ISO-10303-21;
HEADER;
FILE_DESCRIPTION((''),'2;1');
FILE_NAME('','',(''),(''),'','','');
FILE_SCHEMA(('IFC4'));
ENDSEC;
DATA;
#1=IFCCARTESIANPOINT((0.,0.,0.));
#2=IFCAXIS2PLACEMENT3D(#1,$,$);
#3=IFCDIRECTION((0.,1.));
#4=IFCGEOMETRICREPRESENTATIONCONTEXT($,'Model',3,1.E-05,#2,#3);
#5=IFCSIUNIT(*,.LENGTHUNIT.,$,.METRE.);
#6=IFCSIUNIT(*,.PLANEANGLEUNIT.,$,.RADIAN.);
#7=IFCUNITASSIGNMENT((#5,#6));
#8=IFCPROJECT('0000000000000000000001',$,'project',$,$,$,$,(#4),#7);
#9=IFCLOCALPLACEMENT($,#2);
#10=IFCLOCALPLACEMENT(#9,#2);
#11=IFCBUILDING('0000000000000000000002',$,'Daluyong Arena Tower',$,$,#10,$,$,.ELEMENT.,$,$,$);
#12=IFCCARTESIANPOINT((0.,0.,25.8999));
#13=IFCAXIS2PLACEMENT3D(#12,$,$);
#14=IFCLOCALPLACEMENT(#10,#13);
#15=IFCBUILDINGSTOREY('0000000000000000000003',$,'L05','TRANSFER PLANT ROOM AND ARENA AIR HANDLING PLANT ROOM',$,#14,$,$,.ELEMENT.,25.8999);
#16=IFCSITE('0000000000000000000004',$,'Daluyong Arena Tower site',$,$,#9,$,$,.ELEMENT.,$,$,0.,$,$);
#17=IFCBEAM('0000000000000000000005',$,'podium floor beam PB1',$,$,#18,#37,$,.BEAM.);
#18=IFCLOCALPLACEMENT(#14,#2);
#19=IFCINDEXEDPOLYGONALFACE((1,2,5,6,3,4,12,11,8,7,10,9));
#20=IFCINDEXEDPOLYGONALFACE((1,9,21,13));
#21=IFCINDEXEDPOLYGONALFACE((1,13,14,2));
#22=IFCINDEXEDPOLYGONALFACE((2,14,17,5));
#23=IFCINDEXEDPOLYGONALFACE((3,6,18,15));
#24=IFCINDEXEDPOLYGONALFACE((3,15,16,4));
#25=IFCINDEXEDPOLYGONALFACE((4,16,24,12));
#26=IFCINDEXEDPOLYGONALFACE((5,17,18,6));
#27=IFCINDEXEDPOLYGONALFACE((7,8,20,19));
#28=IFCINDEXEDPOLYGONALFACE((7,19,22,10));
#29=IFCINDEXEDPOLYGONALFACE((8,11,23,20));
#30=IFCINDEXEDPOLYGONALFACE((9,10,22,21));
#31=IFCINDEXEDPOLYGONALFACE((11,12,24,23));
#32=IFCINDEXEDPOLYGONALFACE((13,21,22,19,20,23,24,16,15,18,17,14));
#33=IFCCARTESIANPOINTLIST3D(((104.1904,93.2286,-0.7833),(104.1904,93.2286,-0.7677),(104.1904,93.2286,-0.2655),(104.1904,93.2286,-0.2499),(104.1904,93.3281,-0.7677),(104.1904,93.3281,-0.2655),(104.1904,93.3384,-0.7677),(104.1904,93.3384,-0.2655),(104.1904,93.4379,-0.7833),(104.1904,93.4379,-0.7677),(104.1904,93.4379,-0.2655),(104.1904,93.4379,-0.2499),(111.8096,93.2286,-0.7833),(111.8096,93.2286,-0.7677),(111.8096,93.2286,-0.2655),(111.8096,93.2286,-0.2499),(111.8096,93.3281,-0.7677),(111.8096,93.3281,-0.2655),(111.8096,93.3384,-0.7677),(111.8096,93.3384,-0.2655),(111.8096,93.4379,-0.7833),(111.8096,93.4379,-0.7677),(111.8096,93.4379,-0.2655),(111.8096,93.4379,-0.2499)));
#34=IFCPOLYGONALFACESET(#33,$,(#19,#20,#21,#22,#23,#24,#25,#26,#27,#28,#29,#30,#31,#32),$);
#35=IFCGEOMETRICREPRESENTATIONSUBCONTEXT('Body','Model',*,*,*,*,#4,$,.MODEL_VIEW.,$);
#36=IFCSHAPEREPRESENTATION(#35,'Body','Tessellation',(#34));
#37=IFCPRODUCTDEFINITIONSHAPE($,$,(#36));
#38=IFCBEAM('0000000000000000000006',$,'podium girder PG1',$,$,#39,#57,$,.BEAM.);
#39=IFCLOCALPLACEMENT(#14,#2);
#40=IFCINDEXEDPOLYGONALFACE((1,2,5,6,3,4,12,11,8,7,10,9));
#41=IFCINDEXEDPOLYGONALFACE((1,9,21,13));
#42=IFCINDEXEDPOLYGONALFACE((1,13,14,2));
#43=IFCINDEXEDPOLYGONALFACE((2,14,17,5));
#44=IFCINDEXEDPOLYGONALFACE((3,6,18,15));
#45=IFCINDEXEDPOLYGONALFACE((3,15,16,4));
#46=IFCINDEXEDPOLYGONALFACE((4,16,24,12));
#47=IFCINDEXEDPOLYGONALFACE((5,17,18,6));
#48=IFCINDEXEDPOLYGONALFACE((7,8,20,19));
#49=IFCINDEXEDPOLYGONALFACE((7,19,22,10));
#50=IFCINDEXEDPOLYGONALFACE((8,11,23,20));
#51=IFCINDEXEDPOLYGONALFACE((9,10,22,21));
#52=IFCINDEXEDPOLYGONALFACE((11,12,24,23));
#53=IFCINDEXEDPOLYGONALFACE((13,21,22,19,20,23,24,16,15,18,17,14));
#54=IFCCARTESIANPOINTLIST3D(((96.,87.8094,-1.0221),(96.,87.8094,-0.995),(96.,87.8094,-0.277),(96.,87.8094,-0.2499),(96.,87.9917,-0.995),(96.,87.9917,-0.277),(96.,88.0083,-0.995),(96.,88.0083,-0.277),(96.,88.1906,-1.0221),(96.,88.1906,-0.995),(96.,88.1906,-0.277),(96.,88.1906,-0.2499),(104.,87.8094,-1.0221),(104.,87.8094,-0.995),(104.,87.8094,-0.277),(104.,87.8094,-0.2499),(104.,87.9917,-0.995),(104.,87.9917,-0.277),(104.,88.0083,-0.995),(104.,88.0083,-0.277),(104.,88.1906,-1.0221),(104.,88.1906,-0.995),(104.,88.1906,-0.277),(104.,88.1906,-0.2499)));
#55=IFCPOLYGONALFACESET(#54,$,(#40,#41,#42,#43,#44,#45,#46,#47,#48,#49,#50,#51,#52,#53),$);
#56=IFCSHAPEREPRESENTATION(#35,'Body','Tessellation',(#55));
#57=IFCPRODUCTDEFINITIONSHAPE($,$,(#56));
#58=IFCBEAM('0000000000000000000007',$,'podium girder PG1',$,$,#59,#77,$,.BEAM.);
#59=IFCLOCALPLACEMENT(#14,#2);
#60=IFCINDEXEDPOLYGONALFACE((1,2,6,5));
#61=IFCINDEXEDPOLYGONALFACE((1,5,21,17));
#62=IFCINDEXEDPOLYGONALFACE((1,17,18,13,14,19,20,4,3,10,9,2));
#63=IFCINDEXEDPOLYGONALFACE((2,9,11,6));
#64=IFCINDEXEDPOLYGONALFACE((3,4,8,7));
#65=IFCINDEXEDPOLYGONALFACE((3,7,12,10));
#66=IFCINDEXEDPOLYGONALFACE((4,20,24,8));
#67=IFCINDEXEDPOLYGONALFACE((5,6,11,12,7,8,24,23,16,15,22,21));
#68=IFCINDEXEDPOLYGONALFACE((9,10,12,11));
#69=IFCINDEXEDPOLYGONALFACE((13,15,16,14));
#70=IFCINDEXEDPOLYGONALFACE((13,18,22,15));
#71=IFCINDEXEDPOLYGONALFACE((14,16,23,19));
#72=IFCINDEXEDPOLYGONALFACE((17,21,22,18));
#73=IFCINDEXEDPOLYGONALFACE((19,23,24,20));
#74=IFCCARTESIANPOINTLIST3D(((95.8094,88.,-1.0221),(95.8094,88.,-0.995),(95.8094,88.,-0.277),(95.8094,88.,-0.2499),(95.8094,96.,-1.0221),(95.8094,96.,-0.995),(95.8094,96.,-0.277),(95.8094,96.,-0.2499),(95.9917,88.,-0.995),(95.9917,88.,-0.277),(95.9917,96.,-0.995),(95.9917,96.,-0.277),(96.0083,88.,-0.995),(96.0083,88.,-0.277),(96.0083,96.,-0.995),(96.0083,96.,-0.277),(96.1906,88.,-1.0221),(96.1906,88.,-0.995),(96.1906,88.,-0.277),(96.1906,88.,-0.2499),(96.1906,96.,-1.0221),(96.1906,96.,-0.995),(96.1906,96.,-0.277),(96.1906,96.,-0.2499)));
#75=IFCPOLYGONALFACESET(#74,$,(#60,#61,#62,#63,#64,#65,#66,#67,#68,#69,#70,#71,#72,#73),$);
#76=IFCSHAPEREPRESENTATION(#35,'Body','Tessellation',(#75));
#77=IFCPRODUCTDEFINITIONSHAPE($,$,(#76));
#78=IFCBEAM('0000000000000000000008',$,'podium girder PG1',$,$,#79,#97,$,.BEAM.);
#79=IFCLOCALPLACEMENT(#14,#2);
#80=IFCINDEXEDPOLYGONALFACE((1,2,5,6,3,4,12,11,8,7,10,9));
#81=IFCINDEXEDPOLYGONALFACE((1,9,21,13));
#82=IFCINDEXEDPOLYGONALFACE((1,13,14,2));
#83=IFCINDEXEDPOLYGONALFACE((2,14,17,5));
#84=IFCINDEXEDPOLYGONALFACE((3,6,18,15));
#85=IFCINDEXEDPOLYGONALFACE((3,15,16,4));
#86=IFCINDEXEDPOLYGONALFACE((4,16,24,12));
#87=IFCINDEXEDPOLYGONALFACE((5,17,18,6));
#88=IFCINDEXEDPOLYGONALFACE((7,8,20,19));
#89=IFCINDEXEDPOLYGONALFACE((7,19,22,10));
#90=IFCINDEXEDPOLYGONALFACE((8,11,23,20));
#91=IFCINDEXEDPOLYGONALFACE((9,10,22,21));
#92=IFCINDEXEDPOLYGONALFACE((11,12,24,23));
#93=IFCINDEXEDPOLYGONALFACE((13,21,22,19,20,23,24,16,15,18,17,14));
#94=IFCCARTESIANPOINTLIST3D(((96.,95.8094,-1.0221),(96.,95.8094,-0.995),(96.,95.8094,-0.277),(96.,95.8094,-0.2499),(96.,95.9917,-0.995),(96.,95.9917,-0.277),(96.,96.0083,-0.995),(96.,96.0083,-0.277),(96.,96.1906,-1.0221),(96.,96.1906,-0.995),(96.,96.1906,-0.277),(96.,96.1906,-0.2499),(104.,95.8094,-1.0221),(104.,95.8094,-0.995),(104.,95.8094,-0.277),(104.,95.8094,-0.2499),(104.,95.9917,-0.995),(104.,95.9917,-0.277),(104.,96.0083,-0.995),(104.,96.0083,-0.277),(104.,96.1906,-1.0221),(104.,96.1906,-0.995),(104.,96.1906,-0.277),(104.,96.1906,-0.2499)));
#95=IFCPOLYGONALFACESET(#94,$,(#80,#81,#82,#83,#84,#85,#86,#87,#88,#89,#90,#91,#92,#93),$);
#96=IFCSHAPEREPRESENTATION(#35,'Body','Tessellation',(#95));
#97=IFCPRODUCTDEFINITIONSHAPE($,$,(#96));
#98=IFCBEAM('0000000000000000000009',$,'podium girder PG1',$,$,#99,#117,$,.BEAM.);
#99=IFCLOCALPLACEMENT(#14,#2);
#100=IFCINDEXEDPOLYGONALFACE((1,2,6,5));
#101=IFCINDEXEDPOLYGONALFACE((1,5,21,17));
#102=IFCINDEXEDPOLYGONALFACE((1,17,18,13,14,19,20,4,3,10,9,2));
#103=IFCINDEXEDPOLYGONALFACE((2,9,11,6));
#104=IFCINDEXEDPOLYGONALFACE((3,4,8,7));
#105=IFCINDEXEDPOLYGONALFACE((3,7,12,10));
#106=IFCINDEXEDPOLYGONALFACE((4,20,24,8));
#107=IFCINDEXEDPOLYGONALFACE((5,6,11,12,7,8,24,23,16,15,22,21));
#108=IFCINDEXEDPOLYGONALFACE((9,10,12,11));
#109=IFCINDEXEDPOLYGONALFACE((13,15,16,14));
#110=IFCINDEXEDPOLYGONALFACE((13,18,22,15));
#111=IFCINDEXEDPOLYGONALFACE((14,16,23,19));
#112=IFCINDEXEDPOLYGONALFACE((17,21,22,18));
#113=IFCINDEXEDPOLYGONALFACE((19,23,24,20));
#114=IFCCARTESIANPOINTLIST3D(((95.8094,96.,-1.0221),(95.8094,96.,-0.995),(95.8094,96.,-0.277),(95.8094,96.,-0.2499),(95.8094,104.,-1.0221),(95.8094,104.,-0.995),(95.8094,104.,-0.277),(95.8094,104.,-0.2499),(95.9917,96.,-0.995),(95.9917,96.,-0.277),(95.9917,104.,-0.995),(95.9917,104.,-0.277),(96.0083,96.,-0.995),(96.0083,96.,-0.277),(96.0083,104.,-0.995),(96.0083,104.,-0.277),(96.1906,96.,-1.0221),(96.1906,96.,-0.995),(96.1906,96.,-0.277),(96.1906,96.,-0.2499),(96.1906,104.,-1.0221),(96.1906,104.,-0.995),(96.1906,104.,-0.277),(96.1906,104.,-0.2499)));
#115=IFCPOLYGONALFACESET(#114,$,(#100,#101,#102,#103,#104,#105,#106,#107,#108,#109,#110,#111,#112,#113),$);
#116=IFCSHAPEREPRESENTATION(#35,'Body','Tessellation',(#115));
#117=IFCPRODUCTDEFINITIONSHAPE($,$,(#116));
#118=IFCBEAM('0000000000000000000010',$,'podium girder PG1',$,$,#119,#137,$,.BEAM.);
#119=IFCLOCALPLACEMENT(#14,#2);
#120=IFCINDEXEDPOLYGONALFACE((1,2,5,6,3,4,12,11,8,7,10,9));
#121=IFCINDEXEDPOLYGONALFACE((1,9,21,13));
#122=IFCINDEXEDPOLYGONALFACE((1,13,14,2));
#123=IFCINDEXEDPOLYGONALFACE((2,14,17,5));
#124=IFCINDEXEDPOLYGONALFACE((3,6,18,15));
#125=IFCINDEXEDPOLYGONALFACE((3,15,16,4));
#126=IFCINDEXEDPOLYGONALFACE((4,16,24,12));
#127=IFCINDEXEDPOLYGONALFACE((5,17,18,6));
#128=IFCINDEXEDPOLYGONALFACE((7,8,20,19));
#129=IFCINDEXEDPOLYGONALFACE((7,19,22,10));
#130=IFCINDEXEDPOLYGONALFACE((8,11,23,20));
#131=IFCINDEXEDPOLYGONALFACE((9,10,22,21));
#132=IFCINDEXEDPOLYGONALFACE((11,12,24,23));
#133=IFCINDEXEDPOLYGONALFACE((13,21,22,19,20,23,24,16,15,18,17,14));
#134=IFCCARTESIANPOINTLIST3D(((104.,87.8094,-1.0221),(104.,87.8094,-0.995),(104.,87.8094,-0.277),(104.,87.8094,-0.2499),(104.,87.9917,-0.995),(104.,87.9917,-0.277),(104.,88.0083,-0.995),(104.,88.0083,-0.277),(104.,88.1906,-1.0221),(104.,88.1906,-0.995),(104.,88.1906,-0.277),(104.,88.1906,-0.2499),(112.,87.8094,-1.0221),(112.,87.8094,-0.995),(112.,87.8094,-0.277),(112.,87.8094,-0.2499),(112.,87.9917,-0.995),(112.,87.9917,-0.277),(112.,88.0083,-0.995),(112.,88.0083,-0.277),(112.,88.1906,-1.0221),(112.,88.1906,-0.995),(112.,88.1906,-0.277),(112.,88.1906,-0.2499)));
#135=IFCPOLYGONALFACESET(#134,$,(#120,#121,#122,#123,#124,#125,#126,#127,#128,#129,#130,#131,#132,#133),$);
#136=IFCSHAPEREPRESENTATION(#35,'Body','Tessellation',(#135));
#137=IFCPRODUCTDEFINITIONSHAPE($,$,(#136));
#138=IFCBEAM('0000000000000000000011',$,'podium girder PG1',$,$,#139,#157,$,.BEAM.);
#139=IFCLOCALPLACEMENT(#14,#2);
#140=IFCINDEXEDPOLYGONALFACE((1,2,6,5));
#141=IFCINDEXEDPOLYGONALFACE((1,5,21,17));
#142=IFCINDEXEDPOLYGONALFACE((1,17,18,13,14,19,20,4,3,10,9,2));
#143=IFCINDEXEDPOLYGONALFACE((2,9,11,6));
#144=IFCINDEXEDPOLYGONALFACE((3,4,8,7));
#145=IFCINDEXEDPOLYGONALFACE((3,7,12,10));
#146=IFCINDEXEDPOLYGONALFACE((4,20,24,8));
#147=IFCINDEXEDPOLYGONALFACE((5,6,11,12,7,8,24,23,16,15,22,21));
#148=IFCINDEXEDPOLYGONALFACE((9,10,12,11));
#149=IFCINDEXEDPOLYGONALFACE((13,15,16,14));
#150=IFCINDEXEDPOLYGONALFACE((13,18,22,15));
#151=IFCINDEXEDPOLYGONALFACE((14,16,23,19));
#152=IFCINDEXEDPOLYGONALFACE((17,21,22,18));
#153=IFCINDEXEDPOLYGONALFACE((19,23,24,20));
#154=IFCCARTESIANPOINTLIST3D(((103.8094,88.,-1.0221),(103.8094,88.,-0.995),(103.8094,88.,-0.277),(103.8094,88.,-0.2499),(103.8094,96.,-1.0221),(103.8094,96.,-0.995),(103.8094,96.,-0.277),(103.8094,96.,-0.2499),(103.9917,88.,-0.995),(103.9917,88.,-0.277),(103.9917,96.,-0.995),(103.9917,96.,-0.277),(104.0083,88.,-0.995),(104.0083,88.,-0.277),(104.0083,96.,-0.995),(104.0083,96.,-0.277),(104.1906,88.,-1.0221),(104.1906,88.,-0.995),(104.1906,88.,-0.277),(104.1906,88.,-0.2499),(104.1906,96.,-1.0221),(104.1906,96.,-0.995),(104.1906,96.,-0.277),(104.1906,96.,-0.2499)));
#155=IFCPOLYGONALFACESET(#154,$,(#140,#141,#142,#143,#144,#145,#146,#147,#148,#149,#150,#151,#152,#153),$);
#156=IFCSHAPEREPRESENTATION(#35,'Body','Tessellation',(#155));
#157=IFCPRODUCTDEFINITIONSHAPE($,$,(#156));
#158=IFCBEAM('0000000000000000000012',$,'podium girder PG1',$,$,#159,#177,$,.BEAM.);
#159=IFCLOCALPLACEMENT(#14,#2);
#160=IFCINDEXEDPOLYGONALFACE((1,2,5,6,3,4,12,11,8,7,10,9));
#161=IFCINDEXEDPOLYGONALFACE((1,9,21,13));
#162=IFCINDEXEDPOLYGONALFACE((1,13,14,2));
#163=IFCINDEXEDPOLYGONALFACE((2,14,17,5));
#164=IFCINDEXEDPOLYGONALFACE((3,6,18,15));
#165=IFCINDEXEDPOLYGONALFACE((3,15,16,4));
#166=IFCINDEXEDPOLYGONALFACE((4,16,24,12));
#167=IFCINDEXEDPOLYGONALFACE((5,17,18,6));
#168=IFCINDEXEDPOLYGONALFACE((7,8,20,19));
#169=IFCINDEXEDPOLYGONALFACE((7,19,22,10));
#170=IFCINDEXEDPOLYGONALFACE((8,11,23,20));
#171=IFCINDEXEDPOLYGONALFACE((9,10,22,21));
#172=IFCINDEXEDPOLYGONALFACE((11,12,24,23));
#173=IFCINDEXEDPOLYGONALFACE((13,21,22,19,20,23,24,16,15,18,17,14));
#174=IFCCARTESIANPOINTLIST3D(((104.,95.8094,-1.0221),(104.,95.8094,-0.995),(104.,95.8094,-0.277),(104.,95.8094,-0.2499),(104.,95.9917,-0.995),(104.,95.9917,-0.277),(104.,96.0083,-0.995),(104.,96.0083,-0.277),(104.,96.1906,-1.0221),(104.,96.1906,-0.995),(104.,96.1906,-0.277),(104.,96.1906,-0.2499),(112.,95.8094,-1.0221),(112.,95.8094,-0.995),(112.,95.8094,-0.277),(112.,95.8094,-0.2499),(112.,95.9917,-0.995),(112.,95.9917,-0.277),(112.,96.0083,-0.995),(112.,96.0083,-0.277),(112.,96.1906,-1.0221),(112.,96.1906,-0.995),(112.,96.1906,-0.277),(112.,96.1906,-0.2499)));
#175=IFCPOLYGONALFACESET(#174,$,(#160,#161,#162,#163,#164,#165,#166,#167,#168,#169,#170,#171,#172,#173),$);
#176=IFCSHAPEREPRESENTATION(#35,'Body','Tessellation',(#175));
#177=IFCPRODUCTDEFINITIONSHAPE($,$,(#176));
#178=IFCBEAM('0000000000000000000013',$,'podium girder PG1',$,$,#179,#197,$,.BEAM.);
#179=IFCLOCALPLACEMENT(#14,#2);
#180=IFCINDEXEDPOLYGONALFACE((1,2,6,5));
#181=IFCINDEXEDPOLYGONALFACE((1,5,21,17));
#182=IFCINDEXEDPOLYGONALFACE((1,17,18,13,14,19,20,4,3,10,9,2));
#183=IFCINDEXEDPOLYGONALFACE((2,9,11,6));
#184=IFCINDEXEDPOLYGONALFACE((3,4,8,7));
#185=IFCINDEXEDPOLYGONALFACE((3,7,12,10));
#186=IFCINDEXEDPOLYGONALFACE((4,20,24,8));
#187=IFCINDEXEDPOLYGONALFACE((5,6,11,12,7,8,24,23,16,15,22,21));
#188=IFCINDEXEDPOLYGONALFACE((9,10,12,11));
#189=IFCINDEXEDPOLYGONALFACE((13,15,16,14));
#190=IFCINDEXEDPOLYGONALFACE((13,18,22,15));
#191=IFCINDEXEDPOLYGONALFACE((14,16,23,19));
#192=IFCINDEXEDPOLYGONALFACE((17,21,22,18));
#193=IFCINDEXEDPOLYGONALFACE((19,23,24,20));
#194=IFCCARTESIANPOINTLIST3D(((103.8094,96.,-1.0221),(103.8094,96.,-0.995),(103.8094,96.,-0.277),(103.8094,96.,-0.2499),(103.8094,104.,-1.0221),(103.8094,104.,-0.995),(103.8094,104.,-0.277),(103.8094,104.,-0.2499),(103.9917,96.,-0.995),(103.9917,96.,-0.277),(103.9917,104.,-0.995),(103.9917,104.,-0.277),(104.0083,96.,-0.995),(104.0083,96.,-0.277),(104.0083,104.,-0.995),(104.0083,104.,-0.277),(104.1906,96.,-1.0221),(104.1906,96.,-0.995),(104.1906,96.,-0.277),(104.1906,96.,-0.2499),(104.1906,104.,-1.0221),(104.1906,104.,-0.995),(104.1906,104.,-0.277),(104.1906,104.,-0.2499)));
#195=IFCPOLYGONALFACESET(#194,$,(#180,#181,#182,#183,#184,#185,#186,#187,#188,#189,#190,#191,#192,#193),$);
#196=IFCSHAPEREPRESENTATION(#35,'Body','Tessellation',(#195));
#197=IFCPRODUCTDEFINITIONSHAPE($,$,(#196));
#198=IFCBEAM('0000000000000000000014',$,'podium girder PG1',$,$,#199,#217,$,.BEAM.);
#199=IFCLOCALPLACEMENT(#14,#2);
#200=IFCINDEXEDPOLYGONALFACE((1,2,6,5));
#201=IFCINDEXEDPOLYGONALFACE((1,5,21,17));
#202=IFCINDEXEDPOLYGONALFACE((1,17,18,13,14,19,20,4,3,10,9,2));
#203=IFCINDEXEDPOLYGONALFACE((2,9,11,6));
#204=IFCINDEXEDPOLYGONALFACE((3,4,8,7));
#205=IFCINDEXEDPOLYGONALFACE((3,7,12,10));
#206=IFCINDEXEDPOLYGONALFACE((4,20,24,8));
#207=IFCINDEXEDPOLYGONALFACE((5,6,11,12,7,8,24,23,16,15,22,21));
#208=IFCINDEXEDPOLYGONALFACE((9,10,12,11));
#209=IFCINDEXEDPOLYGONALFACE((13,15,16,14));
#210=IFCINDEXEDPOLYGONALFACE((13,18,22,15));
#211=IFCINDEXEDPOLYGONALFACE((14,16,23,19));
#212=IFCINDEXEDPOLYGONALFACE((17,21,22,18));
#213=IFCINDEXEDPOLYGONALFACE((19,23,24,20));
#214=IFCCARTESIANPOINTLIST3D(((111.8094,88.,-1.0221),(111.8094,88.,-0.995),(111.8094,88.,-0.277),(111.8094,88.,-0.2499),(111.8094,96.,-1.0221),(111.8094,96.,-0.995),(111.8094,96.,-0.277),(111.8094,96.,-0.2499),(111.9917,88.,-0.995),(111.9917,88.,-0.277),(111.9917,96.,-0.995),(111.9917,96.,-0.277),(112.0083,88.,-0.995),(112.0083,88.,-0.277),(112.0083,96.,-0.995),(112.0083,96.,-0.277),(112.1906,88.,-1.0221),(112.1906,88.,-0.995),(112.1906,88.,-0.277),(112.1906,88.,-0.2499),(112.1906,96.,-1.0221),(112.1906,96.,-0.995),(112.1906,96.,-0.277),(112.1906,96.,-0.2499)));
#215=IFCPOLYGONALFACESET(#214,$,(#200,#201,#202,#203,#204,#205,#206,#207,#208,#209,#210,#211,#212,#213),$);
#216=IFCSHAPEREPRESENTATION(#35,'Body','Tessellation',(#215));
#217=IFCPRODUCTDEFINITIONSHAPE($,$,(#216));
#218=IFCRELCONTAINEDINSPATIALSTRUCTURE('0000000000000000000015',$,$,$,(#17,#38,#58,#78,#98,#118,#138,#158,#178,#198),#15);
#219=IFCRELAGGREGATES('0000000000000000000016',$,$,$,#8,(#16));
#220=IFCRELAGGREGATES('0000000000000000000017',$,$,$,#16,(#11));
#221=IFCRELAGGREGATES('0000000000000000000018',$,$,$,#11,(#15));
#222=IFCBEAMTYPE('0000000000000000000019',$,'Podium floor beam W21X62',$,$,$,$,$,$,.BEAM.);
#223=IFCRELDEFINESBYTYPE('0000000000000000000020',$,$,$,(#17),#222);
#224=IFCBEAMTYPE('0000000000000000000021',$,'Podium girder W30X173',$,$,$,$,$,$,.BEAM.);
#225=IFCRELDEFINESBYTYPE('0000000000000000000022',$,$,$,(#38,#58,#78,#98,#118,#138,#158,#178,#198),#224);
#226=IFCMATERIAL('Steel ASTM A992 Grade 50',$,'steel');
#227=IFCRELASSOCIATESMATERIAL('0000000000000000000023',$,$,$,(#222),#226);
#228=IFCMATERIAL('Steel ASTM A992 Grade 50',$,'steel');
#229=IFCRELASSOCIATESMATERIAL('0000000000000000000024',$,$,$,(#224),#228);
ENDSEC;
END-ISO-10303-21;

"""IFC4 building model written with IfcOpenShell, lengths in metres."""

from ifc_helpers import new_model, si_unit, direction, frame, origin, origin_2d, place, context, subcontext, project, spatial, i_section, extrude, material, material_profile, profile_set, type_object, element, save


model = new_model("IFC4")

# Units and contexts
model_context = context("Model", 3, precision=1e-05, world=origin(), true_north=direction((0.0, 1.0)))
body_context = subcontext(model_context, "Body", "Model", "MODEL_VIEW")
ifc_project = project(units=[si_unit("LENGTHUNIT", "METRE"), si_unit("PLANEANGLEUNIT", "RADIAN")], contexts=[model_context])

# Site, building, storey
site_placement = place(None, origin())
site = spatial("IfcSite", under=ifc_project, at=site_placement, Name="Daluyong Arena Tower site", CompositionType="ELEMENT", RefElevation=0.0)
building_placement = place(site_placement, origin())
building = spatial("IfcBuilding", under=site, at=building_placement, Name="Daluyong Arena Tower", CompositionType="ELEMENT")
storey_placement = place(building_placement, frame((0.0, 0.0, 25.8999)))
storey = spatial("IfcBuildingStorey", under=building, at=storey_placement, Name="L05", Description="TRANSFER PLANT ROOM AND ARENA AIR HANDLING PLANT ROOM", CompositionType="ELEMENT", Elevation=25.8999)

# Beams
ifc_material_1 = material(Name="Steel ASTM A992 Grade 50", Category="steel")
ifc_material_profile_1 = material_profile(ifc_material_1, i_section(OverallWidth=0.2092, OverallDepth=0.5334, WebThickness=0.0103, FlangeThickness=0.0156, at=origin_2d()))
ifc_profile_set_1 = profile_set([ifc_material_profile_1], Name="Steel ASTM A992 Grade 50")
beam_type_1 = type_object("IfcBeamType", Name="Podium floor beam W21X62", PredefinedType="BEAM", material=ifc_profile_set_1)
for number, where, z_axis, x_axis, name in (
    (1, (104.1904, 93.3333, -0.5166), (1.0, 0.0, 0.0), (0.0, 1.0, 0.0), "podium floor beam PB1"),
):
    element("IfcBeam", number, at=place(storey_placement, frame(where, z_axis=z_axis, x_axis=x_axis)), inside=storey, type_object=beam_type_1, Name=name, PredefinedType="BEAM", context=body_context, shape_type="SweptSolid", body=[
        extrude(i_section(OverallWidth=0.2092, OverallDepth=0.5334, WebThickness=0.0103, FlangeThickness=0.0156, at=origin_2d()), origin(), (0.0, 0.0, 1.0), 7.6191),
    ])
ifc_material_2 = material(Name="Steel ASTM A992 Grade 50", Category="steel")
ifc_material_profile_2 = material_profile(ifc_material_2, i_section(OverallWidth=0.3811, OverallDepth=0.7722, WebThickness=0.0166, FlangeThickness=0.0271, at=origin_2d()))
ifc_profile_set_2 = profile_set([ifc_material_profile_2], Name="Steel ASTM A992 Grade 50")
beam_type_2 = type_object("IfcBeamType", Name="Podium girder W30X173", PredefinedType="BEAM", material=ifc_profile_set_2)
for number, where, z_axis, x_axis, name in (
    (2, (96.0, 88.0, -0.636), (1.0, 0.0, 0.0), (0.0, 1.0, 0.0), "podium girder PG1"),
    (3, (96.0, 88.0, -0.636), (0.0, 1.0, 0.0), (-1.0, 0.0, 0.0), "podium girder PG1"),
    (4, (96.0, 96.0, -0.636), (1.0, 0.0, 0.0), (0.0, 1.0, 0.0), "podium girder PG1"),
    (5, (96.0, 96.0, -0.636), (0.0, 1.0, 0.0), (-1.0, 0.0, 0.0), "podium girder PG1"),
    (6, (104.0, 88.0, -0.636), (1.0, 0.0, 0.0), (0.0, 1.0, 0.0), "podium girder PG1"),
    (7, (104.0, 88.0, -0.636), (0.0, 1.0, 0.0), (-1.0, 0.0, 0.0), "podium girder PG1"),
    (8, (104.0, 96.0, -0.636), (1.0, 0.0, 0.0), (0.0, 1.0, 0.0), "podium girder PG1"),
    (9, (104.0, 96.0, -0.636), (0.0, 1.0, 0.0), (-1.0, 0.0, 0.0), "podium girder PG1"),
    (10, (112.0, 88.0, -0.636), (0.0, 1.0, 0.0), (-1.0, 0.0, 0.0), "podium girder PG1"),
):
    element("IfcBeam", number, at=place(storey_placement, frame(where, z_axis=z_axis, x_axis=x_axis)), inside=storey, type_object=beam_type_2, Name=name, PredefinedType="BEAM", context=body_context, shape_type="SweptSolid", body=[
        extrude(i_section(OverallWidth=0.3811, OverallDepth=0.7722, WebThickness=0.0166, FlangeThickness=0.0271, at=origin_2d()), origin(), (0.0, 0.0, 1.0), 8.0),
    ])

save(model, "model.ifc")
